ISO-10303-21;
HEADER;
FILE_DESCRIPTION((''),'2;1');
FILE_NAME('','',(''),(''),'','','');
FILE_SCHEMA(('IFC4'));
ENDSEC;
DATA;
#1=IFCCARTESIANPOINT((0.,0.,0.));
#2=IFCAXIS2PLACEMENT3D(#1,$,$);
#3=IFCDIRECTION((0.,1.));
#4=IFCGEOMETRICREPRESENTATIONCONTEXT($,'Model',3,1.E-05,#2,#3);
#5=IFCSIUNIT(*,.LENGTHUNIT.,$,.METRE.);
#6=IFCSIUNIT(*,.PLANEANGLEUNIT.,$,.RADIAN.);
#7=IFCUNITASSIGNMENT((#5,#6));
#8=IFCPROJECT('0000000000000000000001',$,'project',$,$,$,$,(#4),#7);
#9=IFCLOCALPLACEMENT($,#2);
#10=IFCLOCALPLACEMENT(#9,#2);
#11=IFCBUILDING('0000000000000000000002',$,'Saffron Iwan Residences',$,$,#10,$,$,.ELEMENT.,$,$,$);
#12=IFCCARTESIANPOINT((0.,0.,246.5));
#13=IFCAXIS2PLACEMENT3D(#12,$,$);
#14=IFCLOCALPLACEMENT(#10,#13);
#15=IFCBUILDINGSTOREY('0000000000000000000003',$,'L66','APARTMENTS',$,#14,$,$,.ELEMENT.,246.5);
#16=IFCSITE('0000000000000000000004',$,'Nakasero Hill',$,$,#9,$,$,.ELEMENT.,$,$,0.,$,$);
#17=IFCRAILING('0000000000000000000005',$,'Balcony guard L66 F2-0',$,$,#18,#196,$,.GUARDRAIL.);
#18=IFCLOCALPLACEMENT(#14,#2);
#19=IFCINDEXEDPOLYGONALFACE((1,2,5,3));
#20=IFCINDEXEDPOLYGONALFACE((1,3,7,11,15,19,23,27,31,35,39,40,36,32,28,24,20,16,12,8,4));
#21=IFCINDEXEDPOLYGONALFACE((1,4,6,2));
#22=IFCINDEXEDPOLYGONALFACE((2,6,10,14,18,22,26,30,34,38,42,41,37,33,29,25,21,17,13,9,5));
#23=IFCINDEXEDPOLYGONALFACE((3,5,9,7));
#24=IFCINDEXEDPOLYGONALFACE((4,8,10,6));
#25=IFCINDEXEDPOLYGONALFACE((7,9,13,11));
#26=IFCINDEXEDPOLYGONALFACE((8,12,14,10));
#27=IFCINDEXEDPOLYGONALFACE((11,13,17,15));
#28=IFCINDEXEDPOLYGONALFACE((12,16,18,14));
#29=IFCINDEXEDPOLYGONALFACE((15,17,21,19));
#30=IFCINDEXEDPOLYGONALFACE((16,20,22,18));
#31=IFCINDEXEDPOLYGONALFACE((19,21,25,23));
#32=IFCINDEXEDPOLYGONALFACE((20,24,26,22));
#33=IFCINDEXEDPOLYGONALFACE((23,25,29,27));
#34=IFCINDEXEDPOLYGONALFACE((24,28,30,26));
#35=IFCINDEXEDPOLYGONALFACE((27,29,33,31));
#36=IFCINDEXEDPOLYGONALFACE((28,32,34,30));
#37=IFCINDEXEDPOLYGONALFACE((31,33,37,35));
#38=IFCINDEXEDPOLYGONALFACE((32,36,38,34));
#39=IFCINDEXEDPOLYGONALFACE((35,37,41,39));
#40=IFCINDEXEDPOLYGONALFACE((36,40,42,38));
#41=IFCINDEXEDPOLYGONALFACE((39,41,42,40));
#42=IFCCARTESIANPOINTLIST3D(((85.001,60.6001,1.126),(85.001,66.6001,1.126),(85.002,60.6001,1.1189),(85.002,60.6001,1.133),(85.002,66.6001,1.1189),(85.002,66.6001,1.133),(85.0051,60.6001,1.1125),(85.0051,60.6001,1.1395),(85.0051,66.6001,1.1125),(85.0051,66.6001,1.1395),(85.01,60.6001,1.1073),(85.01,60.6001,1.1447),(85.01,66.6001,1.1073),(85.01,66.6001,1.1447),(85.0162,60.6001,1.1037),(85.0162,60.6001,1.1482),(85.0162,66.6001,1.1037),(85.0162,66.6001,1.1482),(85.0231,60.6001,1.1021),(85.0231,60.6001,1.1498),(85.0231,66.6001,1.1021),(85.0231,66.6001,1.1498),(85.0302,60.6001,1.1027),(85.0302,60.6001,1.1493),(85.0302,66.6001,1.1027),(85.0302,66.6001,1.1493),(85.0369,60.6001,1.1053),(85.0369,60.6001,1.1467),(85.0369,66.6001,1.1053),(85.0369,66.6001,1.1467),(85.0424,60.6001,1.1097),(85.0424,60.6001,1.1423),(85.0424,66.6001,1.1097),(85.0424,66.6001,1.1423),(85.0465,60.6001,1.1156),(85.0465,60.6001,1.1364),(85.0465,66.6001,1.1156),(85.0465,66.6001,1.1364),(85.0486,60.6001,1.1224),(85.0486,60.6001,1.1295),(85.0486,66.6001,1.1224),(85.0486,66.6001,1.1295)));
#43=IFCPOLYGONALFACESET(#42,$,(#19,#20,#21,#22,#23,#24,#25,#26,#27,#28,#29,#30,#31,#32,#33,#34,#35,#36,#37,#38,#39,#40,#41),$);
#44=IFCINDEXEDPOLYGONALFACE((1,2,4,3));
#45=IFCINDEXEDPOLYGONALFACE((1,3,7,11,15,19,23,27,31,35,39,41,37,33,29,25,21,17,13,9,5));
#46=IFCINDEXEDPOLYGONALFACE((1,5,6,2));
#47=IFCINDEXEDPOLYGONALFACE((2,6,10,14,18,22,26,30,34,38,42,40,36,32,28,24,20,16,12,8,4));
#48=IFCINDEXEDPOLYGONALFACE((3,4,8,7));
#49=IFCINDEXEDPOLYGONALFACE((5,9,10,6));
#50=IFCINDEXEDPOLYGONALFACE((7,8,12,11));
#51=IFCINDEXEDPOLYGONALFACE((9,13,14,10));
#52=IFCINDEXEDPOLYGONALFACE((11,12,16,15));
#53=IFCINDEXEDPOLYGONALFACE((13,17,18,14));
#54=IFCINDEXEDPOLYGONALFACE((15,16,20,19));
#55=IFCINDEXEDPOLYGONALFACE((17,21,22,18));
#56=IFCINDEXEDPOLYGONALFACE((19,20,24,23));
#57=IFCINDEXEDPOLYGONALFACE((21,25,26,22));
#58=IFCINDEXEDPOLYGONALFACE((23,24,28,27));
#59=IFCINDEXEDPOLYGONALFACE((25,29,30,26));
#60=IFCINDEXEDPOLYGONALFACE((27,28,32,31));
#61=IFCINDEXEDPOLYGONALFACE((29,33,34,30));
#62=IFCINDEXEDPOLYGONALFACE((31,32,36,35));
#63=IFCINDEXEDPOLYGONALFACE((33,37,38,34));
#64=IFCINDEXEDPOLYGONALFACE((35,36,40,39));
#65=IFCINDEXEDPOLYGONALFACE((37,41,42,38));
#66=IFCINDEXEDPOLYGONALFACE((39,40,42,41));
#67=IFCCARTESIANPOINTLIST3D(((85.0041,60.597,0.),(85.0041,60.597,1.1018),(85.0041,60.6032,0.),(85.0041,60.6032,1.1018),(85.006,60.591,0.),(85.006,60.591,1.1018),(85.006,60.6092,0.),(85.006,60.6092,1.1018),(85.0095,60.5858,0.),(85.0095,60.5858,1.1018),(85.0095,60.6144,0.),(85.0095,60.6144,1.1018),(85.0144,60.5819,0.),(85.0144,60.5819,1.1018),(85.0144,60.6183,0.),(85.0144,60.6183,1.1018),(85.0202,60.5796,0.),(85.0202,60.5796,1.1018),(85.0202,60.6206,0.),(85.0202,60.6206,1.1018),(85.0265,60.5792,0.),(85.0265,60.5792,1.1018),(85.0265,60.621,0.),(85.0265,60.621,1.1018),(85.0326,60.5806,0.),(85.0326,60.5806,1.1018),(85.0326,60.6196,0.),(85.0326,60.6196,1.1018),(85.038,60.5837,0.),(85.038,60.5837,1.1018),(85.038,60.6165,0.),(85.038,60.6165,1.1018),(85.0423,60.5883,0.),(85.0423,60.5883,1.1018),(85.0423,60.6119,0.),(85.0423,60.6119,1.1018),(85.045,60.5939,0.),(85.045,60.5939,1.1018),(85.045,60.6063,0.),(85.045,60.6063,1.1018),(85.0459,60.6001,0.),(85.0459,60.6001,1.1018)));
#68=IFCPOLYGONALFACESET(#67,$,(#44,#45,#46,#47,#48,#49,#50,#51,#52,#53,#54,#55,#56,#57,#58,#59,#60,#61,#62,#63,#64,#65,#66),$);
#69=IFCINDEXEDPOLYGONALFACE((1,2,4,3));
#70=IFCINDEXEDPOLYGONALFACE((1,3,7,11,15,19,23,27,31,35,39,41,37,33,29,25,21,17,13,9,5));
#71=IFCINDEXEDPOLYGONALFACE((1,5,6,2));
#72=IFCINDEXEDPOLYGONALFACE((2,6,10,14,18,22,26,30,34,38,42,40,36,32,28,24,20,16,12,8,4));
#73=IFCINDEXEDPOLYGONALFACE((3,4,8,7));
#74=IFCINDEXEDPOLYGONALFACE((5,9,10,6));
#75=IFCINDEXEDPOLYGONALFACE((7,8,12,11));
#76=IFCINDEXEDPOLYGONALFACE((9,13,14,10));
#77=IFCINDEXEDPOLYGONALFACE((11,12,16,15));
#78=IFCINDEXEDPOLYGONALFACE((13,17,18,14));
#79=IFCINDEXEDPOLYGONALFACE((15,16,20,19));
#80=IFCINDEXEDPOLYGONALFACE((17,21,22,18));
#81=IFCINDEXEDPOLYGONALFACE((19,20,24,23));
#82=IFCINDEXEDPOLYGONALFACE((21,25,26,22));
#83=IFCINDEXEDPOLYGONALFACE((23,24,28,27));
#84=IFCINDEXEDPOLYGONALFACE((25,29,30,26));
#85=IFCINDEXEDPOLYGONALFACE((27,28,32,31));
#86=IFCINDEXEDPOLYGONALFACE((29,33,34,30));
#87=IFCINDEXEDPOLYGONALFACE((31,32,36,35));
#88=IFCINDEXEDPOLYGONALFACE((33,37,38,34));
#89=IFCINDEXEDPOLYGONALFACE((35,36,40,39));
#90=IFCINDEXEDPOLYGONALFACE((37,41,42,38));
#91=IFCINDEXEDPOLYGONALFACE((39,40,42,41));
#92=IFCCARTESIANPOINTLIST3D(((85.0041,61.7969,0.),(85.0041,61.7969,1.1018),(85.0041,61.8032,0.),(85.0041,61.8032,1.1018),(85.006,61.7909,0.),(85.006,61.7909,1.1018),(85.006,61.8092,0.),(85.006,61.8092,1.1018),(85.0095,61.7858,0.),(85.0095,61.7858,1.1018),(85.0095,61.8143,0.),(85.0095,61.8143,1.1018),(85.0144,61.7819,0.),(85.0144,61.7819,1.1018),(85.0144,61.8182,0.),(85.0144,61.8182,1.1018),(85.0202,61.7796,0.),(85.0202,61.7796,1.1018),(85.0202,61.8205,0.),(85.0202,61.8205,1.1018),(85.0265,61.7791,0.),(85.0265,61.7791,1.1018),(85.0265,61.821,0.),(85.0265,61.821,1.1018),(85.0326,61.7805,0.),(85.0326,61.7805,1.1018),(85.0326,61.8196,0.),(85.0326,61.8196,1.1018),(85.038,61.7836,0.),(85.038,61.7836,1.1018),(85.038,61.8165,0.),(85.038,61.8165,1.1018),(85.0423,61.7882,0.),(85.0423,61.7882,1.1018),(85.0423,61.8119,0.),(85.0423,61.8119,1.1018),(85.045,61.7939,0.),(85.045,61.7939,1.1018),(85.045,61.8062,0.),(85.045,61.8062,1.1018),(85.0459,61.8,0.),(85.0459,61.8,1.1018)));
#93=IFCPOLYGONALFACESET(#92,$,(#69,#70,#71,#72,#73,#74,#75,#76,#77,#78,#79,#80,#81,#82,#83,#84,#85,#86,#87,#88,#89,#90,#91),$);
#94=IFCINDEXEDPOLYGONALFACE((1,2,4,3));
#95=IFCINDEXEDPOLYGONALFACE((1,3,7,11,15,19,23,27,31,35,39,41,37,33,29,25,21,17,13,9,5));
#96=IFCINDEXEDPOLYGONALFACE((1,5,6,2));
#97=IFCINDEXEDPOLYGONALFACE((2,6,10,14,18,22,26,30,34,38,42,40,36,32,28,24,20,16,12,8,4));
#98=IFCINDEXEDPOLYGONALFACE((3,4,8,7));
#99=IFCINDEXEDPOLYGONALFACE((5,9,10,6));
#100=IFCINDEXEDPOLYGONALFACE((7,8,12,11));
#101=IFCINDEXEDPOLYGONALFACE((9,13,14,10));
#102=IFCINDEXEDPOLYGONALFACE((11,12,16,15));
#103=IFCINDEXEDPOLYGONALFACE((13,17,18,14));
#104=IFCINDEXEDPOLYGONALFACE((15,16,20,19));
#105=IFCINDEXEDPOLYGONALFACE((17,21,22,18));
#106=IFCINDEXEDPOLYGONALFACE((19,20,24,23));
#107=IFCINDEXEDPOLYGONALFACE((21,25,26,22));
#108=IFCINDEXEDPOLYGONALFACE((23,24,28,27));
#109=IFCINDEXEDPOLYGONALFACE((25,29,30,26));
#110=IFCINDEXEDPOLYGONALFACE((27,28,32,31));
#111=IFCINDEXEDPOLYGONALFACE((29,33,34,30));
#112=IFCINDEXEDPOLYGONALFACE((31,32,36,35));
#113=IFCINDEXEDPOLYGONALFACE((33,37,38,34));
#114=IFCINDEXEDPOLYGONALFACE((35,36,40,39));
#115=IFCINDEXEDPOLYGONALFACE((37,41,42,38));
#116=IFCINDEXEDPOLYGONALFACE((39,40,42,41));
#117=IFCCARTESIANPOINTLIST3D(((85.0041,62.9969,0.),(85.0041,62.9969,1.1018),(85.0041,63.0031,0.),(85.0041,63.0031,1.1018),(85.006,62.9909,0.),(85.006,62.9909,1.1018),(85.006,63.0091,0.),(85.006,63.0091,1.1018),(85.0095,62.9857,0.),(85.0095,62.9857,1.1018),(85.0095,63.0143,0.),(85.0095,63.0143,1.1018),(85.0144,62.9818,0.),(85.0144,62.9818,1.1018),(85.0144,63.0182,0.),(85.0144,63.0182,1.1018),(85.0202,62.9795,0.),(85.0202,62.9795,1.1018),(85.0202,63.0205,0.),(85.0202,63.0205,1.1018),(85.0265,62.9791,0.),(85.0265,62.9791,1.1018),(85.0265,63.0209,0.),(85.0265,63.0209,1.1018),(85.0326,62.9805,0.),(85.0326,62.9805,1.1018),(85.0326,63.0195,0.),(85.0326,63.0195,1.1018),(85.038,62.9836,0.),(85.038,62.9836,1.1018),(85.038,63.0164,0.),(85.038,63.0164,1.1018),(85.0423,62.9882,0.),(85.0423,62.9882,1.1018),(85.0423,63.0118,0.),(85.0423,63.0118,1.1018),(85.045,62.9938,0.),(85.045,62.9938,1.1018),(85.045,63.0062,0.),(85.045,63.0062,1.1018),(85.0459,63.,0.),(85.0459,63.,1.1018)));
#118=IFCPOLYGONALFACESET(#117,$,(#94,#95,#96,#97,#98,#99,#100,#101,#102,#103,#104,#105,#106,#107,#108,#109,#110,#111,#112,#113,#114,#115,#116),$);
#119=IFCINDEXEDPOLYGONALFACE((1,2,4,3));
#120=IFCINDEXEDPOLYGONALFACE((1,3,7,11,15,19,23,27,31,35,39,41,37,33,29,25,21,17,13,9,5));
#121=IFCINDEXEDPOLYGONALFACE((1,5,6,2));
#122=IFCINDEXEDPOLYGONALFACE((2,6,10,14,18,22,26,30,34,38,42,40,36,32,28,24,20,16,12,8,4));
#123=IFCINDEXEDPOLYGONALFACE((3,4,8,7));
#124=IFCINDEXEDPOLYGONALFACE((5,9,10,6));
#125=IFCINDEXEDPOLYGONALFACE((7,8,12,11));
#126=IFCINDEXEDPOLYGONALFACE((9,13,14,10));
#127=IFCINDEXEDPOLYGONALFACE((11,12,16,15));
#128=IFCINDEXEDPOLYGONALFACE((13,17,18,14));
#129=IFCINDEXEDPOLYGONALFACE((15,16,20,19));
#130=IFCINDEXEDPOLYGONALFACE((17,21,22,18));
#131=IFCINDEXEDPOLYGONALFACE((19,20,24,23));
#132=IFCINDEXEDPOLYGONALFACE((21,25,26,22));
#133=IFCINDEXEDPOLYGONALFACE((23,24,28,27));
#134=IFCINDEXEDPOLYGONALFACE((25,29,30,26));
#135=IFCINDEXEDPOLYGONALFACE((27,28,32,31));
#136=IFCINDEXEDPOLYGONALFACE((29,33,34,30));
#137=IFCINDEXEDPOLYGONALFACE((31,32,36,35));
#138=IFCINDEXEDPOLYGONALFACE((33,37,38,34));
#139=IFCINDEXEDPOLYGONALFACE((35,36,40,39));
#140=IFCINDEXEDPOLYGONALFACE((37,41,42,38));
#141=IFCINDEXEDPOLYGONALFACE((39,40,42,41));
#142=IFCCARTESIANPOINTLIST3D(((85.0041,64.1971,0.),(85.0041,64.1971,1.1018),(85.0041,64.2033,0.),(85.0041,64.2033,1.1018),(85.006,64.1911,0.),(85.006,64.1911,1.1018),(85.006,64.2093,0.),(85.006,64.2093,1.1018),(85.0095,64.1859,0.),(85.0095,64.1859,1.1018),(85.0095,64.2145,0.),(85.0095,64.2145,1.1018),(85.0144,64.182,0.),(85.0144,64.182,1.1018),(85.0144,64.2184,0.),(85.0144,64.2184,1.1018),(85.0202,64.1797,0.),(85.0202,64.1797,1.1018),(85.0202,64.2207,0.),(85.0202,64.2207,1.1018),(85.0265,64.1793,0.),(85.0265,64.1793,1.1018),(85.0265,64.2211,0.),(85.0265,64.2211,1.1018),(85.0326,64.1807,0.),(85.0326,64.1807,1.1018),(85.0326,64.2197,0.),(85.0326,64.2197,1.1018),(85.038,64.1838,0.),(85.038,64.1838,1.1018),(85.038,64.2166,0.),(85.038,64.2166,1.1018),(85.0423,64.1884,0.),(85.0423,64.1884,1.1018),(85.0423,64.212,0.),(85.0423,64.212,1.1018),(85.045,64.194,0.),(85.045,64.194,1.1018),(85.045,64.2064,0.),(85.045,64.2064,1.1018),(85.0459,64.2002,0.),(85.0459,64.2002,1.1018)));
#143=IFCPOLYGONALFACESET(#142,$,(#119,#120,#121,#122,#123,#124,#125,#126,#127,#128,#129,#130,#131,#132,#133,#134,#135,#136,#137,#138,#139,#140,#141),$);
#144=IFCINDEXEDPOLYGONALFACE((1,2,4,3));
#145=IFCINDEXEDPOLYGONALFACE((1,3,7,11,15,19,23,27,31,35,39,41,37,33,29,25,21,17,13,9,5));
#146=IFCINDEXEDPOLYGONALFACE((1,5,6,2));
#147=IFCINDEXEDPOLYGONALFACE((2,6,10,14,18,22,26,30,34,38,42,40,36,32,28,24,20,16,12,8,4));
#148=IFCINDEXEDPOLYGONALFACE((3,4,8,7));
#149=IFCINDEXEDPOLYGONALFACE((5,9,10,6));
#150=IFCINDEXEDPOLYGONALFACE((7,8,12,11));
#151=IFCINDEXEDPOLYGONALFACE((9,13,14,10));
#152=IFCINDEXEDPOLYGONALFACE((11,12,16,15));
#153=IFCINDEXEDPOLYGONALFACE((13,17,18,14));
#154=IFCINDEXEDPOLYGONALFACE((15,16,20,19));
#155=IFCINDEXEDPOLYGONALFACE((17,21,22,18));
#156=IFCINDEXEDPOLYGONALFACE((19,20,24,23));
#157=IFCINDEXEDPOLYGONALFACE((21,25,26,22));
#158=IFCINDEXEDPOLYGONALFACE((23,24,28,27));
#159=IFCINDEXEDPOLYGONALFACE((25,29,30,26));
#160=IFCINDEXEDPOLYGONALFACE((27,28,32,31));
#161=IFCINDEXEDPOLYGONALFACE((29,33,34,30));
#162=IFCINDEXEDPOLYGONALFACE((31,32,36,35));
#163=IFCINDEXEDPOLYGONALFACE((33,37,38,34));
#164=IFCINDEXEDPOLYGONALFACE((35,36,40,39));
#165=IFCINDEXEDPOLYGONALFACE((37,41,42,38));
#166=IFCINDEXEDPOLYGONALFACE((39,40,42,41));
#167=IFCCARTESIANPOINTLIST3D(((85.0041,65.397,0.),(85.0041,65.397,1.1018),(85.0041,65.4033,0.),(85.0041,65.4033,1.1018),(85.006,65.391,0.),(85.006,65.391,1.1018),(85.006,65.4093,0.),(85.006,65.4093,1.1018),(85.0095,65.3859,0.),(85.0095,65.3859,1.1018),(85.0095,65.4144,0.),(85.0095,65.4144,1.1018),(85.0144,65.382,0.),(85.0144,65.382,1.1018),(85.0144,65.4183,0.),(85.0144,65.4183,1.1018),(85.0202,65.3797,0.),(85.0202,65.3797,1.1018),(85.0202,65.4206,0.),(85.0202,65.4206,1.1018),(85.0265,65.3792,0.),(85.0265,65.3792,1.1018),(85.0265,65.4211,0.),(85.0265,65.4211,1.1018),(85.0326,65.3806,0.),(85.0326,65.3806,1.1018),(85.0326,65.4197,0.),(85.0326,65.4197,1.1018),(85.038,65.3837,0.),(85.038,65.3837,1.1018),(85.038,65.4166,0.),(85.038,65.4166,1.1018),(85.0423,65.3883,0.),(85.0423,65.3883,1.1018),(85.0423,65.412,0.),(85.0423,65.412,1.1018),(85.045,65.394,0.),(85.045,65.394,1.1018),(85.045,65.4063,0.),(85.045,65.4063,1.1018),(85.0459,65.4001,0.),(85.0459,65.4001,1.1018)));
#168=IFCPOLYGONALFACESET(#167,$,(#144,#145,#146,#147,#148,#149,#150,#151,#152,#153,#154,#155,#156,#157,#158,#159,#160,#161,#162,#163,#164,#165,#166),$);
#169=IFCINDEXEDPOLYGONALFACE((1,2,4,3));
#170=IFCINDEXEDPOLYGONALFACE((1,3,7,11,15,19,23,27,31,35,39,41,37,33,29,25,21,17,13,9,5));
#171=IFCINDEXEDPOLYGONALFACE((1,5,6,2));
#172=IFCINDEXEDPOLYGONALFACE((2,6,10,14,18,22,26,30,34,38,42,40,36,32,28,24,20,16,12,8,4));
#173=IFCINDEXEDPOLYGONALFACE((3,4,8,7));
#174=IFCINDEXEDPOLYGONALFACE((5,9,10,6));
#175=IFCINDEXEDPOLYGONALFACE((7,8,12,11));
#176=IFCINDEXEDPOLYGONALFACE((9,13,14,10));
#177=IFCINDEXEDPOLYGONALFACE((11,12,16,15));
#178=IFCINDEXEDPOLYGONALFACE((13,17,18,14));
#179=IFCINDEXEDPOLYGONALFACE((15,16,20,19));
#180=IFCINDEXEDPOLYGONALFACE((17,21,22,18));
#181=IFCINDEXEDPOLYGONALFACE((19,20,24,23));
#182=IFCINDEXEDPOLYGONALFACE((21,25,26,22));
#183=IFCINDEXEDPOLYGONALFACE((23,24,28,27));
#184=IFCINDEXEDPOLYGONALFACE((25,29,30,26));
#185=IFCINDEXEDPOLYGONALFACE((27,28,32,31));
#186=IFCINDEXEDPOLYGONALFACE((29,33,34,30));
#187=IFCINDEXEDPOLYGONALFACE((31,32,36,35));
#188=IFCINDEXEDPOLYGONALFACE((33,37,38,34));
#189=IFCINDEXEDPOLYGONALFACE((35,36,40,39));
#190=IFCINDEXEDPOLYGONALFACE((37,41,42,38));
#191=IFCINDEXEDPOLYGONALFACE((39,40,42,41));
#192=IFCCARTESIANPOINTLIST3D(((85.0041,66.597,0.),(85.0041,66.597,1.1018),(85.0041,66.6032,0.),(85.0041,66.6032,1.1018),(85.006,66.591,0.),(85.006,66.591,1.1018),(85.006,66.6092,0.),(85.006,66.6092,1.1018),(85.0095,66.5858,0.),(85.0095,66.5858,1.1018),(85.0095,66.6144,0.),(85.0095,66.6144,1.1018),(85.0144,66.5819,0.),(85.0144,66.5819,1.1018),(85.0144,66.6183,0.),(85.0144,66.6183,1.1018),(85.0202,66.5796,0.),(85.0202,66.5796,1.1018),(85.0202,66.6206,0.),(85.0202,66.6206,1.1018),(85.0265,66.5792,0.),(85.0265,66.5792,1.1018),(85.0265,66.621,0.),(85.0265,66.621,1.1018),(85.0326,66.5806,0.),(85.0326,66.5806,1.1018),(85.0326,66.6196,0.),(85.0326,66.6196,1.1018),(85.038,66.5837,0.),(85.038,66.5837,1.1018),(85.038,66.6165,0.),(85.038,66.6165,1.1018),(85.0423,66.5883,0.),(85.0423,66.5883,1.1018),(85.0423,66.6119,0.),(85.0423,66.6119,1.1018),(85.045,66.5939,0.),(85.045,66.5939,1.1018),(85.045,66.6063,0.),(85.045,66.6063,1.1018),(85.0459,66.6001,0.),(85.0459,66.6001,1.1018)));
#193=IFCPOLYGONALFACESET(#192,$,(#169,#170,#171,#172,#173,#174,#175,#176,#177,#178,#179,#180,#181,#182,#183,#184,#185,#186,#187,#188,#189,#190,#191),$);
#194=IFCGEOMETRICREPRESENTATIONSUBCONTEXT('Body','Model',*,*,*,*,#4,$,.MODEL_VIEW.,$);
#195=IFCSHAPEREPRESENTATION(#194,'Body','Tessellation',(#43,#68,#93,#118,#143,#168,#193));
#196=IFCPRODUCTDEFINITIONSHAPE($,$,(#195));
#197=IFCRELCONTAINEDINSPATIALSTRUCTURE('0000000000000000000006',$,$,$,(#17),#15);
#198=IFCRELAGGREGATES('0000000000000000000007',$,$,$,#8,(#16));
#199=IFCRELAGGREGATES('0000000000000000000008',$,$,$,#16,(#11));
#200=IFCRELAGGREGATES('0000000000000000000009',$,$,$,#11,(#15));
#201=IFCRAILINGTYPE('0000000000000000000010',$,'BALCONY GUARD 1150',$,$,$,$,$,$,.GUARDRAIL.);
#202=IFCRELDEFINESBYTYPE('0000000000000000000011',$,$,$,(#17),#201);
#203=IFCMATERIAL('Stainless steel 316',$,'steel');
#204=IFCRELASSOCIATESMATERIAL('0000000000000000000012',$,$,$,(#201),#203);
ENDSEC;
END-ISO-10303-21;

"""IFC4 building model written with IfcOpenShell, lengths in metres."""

from ifc_helpers import new_model, si_unit, direction, frame, origin, origin_2d, place, context, subcontext, project, spatial, circle, extrude, material, type_object, element, save


model = new_model("IFC4")

# Units and contexts
model_context = context("Model", 3, precision=1e-05, world=origin(), true_north=direction((0.0, 1.0)))
body_context = subcontext(model_context, "Body", "Model", "MODEL_VIEW")
ifc_project = project(units=[si_unit("LENGTHUNIT", "METRE"), si_unit("PLANEANGLEUNIT", "RADIAN")], contexts=[model_context])

# Site, building, storey
site_placement = place(None, origin())
site = spatial("IfcSite", under=ifc_project, at=site_placement, Name="Nakasero Hill", CompositionType="ELEMENT", RefElevation=0.0)
building_placement = place(site_placement, origin())
building = spatial("IfcBuilding", under=site, at=building_placement, Name="Saffron Iwan Residences", CompositionType="ELEMENT")
storey_placement = place(building_placement, frame((0.0, 0.0, 246.5)))
storey = spatial("IfcBuildingStorey", under=building, at=storey_placement, Name="L66", Description="APARTMENTS", CompositionType="ELEMENT", Elevation=246.5)

# Railing
ifc_material_1 = material(Name="Stainless steel 316", Category="steel")
railing_type_1 = type_object("IfcRailingType", Name="BALCONY GUARD 1150", PredefinedType="GUARDRAIL", material=ifc_material_1)
railing_1_placement = place(storey_placement, frame((85.0249, 60.6001, 0.0)))
element("IfcRailing", 1, at=railing_1_placement, inside=storey, type_object=railing_type_1, Name="Balcony guard L66 F2-0", PredefinedType="GUARDRAIL", context=body_context, shape_type="SweptSolid", body=[
    extrude(circle(Radius=0.0239, at=origin_2d()), frame((0.0, 0.0, 1.126), z_axis=(0.0, 1.0, 0.0), x_axis=(-1.0, 0.0, 0.0)), (0.0, 0.0, 1.0), 6.0),
    extrude(circle(Radius=0.021, at=origin_2d()), origin(), (0.0, 0.0, 1.0), 1.1018),
    extrude(circle(Radius=0.021, at=origin_2d()), frame((0.0, 1.2, 0.0)), (0.0, 0.0, 1.0), 1.1018),
    extrude(circle(Radius=0.021, at=origin_2d()), frame((0.0, 2.3999, 0.0)), (0.0, 0.0, 1.0), 1.1018),
    extrude(circle(Radius=0.021, at=origin_2d()), frame((0.0, 3.6001, 0.0)), (0.0, 0.0, 1.0), 1.1018),
    extrude(circle(Radius=0.021, at=origin_2d()), frame((0.0, 4.8, 0.0)), (0.0, 0.0, 1.0), 1.1018),
    extrude(circle(Radius=0.021, at=origin_2d()), frame((0.0, 6.0, 0.0)), (0.0, 0.0, 1.0), 1.1018),
])

save(model, "model.ifc")
